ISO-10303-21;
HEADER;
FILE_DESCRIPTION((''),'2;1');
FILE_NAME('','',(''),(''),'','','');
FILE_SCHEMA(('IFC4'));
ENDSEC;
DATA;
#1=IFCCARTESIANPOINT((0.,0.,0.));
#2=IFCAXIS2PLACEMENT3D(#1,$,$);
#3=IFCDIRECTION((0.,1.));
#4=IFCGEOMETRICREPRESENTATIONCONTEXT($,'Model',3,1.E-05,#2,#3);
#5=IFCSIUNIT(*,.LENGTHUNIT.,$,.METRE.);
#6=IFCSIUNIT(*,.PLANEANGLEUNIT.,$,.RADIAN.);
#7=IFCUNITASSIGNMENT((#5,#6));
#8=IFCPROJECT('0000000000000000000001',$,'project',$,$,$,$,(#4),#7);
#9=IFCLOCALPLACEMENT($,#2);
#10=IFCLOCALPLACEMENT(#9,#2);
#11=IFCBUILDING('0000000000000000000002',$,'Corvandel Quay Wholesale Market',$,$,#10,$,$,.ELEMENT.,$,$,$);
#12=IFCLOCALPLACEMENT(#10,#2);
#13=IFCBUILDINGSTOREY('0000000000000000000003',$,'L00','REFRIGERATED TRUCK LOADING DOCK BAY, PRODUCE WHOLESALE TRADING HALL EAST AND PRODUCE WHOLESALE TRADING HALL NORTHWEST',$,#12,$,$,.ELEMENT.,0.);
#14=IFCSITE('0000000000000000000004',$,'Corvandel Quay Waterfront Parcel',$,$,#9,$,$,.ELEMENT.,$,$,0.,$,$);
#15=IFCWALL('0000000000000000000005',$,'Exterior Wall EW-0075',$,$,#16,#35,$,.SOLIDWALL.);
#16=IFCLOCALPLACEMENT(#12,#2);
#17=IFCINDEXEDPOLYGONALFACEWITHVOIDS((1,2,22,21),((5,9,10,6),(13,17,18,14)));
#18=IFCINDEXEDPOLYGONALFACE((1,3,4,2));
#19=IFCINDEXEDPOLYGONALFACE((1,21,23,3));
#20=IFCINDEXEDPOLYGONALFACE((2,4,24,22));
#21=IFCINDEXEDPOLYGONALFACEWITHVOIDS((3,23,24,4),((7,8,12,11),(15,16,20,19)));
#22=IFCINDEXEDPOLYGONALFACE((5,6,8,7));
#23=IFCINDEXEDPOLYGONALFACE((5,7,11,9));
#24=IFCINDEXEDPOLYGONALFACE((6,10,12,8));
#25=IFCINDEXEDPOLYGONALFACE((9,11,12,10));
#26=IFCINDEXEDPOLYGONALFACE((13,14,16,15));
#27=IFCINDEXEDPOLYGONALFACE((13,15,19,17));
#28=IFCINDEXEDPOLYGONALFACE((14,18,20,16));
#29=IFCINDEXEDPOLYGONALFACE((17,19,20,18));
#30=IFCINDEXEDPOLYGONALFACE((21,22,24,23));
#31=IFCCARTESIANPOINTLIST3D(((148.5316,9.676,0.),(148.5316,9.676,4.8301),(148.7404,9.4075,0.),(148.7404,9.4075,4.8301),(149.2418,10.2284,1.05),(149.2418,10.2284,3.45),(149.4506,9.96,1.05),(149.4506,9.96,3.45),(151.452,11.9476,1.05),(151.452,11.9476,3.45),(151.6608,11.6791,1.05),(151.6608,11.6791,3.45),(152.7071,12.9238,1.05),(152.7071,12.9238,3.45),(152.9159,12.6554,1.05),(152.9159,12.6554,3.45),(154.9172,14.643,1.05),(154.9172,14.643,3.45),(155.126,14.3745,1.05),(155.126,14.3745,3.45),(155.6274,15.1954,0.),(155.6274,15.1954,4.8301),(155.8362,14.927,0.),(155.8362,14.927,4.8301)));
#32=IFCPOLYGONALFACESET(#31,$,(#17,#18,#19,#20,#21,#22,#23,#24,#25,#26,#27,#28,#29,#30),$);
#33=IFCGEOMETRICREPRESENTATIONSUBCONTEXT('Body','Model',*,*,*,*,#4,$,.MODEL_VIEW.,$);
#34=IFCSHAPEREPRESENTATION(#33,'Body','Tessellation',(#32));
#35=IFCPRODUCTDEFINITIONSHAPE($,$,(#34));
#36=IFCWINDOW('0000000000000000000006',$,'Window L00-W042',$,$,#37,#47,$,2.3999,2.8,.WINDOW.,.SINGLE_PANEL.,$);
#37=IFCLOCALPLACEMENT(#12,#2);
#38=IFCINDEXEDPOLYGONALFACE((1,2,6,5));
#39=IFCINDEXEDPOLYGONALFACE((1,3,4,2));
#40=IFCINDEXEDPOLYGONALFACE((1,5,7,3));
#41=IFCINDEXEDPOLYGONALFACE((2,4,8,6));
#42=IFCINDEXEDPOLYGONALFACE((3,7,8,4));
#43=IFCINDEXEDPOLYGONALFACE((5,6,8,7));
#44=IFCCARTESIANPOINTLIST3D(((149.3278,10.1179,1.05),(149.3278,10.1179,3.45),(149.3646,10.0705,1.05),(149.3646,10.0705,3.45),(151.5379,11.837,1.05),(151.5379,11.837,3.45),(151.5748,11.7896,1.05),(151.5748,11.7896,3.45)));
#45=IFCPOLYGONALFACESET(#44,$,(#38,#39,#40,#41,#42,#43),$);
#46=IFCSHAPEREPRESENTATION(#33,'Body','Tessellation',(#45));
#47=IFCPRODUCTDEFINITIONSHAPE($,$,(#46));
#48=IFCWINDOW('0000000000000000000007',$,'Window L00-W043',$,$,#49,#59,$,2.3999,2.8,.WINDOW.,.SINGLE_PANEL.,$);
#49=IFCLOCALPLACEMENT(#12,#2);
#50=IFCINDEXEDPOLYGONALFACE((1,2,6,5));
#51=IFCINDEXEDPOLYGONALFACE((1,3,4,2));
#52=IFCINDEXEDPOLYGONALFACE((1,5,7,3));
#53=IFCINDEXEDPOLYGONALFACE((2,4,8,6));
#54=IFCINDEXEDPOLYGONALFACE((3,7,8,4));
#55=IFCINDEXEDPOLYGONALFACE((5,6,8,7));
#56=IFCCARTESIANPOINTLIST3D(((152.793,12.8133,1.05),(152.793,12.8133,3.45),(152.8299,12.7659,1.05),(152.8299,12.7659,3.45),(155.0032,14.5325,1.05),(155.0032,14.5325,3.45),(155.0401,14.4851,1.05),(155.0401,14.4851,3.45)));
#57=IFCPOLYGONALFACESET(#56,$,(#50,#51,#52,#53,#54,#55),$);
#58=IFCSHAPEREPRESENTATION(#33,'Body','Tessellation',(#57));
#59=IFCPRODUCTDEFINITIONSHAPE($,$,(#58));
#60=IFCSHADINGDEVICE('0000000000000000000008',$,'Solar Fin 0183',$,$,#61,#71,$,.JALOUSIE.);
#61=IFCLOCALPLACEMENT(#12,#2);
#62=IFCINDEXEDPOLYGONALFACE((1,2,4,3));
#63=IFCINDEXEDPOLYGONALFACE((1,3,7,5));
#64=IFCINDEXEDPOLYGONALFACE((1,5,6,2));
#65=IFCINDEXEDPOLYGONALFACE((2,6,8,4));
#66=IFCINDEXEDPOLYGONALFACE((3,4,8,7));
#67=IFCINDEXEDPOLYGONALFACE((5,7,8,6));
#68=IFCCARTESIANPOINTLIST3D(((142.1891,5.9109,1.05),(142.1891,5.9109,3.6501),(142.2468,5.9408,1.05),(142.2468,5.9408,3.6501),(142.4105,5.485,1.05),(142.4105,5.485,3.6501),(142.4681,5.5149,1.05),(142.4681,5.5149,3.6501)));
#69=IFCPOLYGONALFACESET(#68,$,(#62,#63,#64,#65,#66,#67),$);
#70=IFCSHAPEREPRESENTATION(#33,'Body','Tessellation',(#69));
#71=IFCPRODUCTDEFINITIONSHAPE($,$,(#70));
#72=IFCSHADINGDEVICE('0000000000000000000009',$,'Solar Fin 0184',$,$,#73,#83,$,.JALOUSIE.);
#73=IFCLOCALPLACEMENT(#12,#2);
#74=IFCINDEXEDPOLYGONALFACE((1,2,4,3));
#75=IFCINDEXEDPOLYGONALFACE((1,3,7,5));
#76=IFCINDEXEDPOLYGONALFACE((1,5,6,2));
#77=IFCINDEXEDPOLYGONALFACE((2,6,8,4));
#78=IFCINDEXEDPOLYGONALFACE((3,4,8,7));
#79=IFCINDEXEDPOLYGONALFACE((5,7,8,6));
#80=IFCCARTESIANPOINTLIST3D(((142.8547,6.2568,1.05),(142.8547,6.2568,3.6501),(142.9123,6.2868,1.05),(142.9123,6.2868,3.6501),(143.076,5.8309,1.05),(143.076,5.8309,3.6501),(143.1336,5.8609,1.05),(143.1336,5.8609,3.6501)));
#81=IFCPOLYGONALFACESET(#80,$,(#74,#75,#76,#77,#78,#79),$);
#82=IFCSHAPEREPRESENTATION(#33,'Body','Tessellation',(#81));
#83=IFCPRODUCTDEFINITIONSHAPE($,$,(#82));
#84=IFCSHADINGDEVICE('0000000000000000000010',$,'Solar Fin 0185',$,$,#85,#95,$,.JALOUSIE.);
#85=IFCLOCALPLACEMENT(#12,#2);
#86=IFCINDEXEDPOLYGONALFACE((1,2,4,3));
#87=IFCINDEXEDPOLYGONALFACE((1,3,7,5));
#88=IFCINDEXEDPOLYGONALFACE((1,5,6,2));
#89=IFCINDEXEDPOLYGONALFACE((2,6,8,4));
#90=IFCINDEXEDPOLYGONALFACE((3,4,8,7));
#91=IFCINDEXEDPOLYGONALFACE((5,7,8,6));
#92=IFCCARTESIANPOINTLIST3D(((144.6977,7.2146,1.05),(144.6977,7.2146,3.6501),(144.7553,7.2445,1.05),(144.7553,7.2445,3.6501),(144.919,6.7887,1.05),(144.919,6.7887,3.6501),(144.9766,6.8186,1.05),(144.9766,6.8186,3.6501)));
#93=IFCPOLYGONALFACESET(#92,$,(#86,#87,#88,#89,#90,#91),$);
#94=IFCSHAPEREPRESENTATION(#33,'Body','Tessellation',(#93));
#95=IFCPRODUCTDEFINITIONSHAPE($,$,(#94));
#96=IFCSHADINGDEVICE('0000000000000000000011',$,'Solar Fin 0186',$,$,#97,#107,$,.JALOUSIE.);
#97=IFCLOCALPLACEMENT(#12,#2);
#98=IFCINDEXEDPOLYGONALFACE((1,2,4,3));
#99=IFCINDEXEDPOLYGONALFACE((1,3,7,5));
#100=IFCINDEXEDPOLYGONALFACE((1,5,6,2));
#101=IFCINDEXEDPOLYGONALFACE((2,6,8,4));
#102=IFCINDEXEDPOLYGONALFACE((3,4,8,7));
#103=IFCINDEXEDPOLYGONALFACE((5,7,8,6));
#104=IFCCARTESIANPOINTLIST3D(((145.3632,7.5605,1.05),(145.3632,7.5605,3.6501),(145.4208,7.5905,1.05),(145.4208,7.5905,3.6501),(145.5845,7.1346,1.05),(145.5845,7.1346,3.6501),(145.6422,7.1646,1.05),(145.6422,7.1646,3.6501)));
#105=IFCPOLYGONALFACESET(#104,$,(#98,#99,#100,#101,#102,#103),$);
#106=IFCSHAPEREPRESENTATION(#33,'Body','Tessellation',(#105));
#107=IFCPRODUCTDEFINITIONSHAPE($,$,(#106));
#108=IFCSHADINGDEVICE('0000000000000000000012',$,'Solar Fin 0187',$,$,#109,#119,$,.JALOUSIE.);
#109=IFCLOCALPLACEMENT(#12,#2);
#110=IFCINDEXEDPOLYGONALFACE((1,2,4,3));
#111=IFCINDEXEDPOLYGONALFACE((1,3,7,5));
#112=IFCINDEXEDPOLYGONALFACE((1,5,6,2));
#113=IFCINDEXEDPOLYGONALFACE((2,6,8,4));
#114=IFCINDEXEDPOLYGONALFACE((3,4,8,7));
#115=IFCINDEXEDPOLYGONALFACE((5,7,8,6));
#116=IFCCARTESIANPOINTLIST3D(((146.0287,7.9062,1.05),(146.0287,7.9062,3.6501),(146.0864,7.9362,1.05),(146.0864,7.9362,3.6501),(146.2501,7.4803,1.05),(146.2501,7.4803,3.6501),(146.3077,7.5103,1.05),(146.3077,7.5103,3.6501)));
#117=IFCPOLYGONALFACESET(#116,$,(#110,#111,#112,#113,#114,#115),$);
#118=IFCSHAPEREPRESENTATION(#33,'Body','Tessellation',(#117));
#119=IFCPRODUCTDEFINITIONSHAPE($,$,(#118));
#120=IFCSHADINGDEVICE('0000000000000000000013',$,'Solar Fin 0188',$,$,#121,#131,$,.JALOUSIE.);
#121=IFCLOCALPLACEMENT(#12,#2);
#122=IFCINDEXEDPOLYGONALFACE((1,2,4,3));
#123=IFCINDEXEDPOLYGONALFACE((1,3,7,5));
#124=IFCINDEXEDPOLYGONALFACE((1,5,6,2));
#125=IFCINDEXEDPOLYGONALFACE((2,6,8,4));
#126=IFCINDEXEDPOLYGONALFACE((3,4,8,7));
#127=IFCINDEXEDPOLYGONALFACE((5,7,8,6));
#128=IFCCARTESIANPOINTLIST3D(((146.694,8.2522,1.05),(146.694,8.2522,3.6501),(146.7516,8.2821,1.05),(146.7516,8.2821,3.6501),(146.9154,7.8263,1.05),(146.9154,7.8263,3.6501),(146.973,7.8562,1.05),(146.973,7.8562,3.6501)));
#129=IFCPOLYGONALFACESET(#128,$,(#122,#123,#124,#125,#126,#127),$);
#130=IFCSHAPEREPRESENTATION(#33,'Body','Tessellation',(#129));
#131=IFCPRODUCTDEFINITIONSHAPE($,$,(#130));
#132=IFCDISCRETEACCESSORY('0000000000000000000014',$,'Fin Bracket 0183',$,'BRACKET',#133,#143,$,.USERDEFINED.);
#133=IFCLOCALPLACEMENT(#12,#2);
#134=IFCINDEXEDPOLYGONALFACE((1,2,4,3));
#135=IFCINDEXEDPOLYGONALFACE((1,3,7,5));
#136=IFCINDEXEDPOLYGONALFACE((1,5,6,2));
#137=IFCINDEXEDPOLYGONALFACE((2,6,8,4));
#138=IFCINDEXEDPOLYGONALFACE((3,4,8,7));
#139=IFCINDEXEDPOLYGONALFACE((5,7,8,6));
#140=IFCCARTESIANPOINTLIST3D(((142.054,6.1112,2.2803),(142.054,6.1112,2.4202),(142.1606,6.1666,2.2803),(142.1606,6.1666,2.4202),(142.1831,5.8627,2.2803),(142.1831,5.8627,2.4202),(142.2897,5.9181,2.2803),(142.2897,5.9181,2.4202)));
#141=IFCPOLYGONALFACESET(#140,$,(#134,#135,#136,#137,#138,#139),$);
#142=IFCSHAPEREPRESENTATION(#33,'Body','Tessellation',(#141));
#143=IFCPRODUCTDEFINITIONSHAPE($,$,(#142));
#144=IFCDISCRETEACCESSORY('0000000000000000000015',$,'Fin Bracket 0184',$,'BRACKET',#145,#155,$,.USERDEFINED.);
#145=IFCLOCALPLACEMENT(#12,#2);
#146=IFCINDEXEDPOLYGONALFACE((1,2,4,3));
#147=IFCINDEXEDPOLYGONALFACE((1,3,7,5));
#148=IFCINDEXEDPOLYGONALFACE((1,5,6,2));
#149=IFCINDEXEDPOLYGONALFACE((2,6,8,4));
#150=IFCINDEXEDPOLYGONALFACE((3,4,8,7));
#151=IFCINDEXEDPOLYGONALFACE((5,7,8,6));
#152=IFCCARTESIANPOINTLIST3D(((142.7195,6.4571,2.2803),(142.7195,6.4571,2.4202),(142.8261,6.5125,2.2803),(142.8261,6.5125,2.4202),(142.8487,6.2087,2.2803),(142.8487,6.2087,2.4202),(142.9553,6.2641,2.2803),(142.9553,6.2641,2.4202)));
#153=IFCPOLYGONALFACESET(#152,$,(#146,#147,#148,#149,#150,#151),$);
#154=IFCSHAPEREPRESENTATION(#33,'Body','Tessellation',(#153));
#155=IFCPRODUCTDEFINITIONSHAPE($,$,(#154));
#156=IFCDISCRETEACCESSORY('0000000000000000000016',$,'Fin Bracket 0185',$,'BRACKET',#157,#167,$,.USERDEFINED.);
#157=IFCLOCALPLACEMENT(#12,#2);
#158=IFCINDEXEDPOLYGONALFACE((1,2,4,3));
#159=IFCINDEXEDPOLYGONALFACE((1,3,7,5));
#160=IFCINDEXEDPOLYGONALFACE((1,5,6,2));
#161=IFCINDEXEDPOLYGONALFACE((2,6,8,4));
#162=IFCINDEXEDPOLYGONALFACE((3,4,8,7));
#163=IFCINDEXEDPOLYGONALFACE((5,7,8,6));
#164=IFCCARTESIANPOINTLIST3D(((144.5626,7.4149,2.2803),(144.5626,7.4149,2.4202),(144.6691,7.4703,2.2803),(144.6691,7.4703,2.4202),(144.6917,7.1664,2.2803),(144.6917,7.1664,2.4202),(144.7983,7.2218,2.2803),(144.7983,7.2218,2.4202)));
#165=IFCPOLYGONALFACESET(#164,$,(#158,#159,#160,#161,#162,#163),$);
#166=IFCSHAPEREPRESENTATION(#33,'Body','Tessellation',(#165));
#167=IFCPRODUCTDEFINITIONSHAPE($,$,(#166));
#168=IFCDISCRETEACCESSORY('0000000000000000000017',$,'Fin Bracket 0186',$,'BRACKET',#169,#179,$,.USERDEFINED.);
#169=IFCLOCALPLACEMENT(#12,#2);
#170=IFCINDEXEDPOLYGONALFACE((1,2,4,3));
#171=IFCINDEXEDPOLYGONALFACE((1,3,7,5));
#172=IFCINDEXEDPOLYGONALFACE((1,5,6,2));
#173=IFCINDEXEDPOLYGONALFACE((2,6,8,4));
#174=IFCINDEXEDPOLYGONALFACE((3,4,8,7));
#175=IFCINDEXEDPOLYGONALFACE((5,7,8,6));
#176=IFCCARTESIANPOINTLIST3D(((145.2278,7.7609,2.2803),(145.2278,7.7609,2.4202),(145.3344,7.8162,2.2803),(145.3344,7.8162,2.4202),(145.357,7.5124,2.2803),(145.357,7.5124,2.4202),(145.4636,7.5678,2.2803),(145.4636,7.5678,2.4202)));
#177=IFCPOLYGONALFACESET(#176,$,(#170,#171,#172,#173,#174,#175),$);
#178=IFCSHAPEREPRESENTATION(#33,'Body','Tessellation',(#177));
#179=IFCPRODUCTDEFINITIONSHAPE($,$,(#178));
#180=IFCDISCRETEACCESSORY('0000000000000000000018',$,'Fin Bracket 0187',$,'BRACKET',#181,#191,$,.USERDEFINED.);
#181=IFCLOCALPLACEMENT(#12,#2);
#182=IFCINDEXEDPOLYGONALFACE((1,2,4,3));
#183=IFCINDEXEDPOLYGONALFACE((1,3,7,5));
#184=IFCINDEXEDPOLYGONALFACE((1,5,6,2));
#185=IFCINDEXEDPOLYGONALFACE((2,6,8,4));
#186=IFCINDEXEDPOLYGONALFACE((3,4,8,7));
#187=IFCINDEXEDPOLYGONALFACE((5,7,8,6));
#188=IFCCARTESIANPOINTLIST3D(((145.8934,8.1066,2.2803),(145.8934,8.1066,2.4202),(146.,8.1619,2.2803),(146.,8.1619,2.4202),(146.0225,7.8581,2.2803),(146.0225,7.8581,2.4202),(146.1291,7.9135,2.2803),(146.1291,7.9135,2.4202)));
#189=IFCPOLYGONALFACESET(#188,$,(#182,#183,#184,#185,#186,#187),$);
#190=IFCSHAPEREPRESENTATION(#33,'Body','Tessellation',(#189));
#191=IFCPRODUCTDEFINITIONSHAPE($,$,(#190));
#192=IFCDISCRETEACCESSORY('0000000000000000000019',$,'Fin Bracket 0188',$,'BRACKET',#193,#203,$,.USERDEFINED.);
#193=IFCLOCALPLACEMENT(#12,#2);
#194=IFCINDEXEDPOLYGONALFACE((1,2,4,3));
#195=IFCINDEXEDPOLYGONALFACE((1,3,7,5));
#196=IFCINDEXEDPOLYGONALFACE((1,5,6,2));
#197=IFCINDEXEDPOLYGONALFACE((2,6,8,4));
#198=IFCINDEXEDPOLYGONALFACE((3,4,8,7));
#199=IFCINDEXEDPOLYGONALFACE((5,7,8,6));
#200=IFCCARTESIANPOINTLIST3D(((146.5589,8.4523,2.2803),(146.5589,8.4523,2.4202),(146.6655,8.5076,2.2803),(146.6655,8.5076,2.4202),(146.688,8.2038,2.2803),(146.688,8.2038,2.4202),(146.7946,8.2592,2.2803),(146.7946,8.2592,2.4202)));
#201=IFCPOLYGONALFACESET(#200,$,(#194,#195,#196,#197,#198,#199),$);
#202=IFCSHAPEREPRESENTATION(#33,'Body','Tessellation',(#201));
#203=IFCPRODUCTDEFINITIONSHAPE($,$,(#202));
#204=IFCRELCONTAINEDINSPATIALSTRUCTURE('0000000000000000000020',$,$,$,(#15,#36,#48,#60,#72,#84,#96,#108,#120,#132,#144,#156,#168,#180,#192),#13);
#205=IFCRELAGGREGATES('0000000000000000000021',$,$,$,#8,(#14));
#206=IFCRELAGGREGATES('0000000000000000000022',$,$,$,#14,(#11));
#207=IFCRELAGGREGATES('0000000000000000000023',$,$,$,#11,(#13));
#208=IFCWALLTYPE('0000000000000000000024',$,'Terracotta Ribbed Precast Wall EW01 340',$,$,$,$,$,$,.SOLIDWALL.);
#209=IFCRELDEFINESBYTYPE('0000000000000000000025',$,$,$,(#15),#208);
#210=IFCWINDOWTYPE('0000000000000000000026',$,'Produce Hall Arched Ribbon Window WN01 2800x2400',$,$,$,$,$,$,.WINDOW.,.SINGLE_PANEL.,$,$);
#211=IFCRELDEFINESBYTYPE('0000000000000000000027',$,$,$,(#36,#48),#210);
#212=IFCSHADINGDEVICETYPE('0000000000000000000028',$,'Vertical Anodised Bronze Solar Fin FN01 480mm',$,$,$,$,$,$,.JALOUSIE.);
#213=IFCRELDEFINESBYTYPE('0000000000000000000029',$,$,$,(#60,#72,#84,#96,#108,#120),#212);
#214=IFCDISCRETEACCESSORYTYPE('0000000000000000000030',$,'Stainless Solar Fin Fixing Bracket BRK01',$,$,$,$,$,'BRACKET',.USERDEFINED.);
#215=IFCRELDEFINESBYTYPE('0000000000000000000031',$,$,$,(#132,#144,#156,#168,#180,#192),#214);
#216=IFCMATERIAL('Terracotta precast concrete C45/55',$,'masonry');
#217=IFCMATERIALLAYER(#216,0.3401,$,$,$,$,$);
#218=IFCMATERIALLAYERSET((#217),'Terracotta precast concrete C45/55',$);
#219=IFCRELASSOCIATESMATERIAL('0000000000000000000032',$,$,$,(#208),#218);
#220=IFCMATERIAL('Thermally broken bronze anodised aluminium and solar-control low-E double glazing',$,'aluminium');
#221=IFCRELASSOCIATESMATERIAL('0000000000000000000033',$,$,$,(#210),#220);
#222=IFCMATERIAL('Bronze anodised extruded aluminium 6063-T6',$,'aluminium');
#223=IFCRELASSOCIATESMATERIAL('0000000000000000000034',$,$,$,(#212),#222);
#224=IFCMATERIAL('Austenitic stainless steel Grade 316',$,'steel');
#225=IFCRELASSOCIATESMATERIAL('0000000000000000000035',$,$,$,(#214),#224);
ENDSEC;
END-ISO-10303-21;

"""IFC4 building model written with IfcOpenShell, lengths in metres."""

from ifc_helpers import new_model, si_unit, direction, frame, frame_2d, origin, origin_2d, place, context, subcontext, project, spatial, rectangle, extrude, material, layer, layer_set, type_object, element, fill, save


model = new_model("IFC4")

# Units and contexts
model_context = context("Model", 3, precision=1e-05, world=origin(), true_north=direction((0.0, 1.0)))
body_context = subcontext(model_context, "Body", "Model", "MODEL_VIEW")
ifc_project = project(units=[si_unit("LENGTHUNIT", "METRE"), si_unit("PLANEANGLEUNIT", "RADIAN")], contexts=[model_context])

# Site, building, storey
site_placement = place(None, origin())
site = spatial("IfcSite", under=ifc_project, at=site_placement, Name="Corvandel Quay Waterfront Parcel", CompositionType="ELEMENT", RefElevation=0.0)
building_placement = place(site_placement, origin())
building = spatial("IfcBuilding", under=site, at=building_placement, Name="Corvandel Quay Wholesale Market", CompositionType="ELEMENT")
storey_placement = place(building_placement, origin())
storey = spatial("IfcBuildingStorey", under=building, at=storey_placement, Name="L00", Description="REFRIGERATED TRUCK LOADING DOCK BAY, PRODUCE WHOLESALE TRADING HALL EAST AND PRODUCE WHOLESALE TRADING HALL NORTHWEST", CompositionType="ELEMENT", Elevation=0.0)

# Wall, openings, windows
ifc_material_1 = material(Name="Terracotta precast concrete C45/55", Category="masonry")
ifc_layer_1 = layer(ifc_material_1, 0.3401)
ifc_layer_set_1 = layer_set([ifc_layer_1], Name="Terracotta precast concrete C45/55")
wall_type = type_object("IfcWallType", Name="Terracotta Ribbed Precast Wall EW01 340", PredefinedType="SOLIDWALL", material=ifc_layer_set_1)
wall_placement = place(storey_placement, frame((148.636, 9.5417, 0.0), z_axis=(0.0, 0.0, 1.0), x_axis=(0.789327, 0.613973, 0.0)))
wall = element("IfcWall", 1, at=wall_placement, inside=storey, type_object=wall_type, Name="Exterior Wall EW-0075", PredefinedType="SOLIDWALL", context=body_context, shape_type="SweptSolid", body=[
    extrude(rectangle(XDim=8.9897, YDim=0.3401, at=frame_2d((4.4949, 0.0))), origin(), (0.0, 0.0, 1.0), 4.8301),
])
opening_1_placement = place(wall_placement, frame((0.8999, 0.0, 1.05)))
opening_1 = element("IfcOpeningElement", 2, at=opening_1_placement, cuts=wall, PredefinedType="OPENING", context=body_context, shape_type="SweptSolid", body=[
    extrude(rectangle(XDim=2.8, YDim=2.3999, at=frame_2d((1.3999, 1.2))), frame((0.0, 0.1799, 0.0), z_axis=(0.0, -1.0, 0.0), x_axis=(1.0, 0.0, 0.0)), (0.0, 0.0, 1.0), 0.3601),
])
opening_2_placement = place(wall_placement, frame((5.29, 0.0, 1.05)))
opening_2 = element("IfcOpeningElement", 3, at=opening_2_placement, cuts=wall, PredefinedType="OPENING", context=body_context, shape_type="SweptSolid", body=[
    extrude(rectangle(XDim=2.8, YDim=2.3999, at=frame_2d((1.3999, 1.2))), frame((0.0, 0.1799, 0.0), z_axis=(0.0, -1.0, 0.0), x_axis=(1.0, 0.0, 0.0)), (0.0, 0.0, 1.0), 0.3601),
])
ifc_material_2 = material(Name="Thermally broken bronze anodised aluminium and solar-control low-E double glazing", Category="aluminium")
window_type = type_object("IfcWindowType", Name="Produce Hall Arched Ribbon Window WN01 2800x2400", PartitioningType="SINGLE_PANEL", PredefinedType="WINDOW", material=ifc_material_2)
window_1_placement = place(opening_1_placement, origin())
window_1 = element("IfcWindow", 4, at=window_1_placement, inside=storey, type_object=window_type, Name="Window L00-W042", OverallHeight=2.3999, OverallWidth=2.8, PartitioningType="SINGLE_PANEL", PredefinedType="WINDOW", context=body_context, shape_type="SweptSolid", body=[
    extrude(rectangle(XDim=2.8, YDim=2.3999, at=frame_2d((1.3999, 1.2))), frame((0.0, 0.03, 0.0), z_axis=(0.0, -1.0, 0.0), x_axis=(1.0, 0.0, 0.0)), (0.0, 0.0, 1.0), 0.0601),
])
fill(opening_1, window_1)
window_2_placement = place(opening_2_placement, origin())
window_2 = element("IfcWindow", 5, at=window_2_placement, inside=storey, type_object=window_type, Name="Window L00-W043", OverallHeight=2.3999, OverallWidth=2.8, PartitioningType="SINGLE_PANEL", PredefinedType="WINDOW", context=body_context, shape_type="SweptSolid", body=[
    extrude(rectangle(XDim=2.8, YDim=2.3999, at=frame_2d((1.3999, 1.2))), frame((0.0, 0.03, 0.0), z_axis=(0.0, -1.0, 0.0), x_axis=(1.0, 0.0, 0.0)), (0.0, 0.0, 1.0), 0.0601),
])
fill(opening_2, window_2)

# Shading devices
ifc_material_3 = material(Name="Bronze anodised extruded aluminium 6063-T6", Category="aluminium")
shading_device_type = type_object("IfcShadingDeviceType", Name="Vertical Anodised Bronze Solar Fin FN01 480mm", PredefinedType="JALOUSIE", material=ifc_material_3)
for number, where, z_axis, x_axis, name in (
    (6, (142.3286, 5.7129, 1.05), (0.0, 0.0, 1.0), (-0.461129, 0.887333, 0.0), "Solar Fin 0183"),
    (7, (142.9941, 6.0588, 1.05), (0.0, 0.0, 1.0), (-0.461129, 0.887333, 0.0), "Solar Fin 0184"),
    (8, (144.8372, 7.0166, 1.05), (0.0, 0.0, 1.0), (-0.461129, 0.887333, 0.0), "Solar Fin 0185"),
    (9, (145.5027, 7.3625, 1.05), (0.0, 0.0, 1.0), (-0.461129, 0.887333, 0.0), "Solar Fin 0186"),
    (10, (146.1682, 7.7083, 1.05), (0.0, 0.0, 1.0), (-0.461129, 0.887333, 0.0), "Solar Fin 0187"),
    (11, (146.8335, 8.0542, 1.05), (0.0, 0.0, 1.0), (-0.461129, 0.887333, 0.0), "Solar Fin 0188"),
):
    element("IfcShadingDevice", number, at=place(storey_placement, frame(where, z_axis=z_axis, x_axis=x_axis)), inside=storey, type_object=shading_device_type, Name=name, PredefinedType="JALOUSIE", context=body_context, shape_type="SweptSolid", body=[
        extrude(rectangle(XDim=0.48, YDim=0.0649, at=origin_2d()), origin(), (0.0, 0.0, 1.0), 2.6001),
    ])

# Discrete accessories
ifc_material_4 = material(Name="Austenitic stainless steel Grade 316", Category="steel")
discrete_accessory_type = type_object("IfcDiscreteAccessoryType", Name="Stainless Solar Fin Fixing Bracket BRK01", ElementType="BRACKET", PredefinedType="USERDEFINED", material=ifc_material_4)
for number, where, z_axis, x_axis, name in (
    (12, (142.1719, 6.0146, 2.2803), (0.0, 0.0, 1.0), (-0.461129, 0.887333, 0.0), "Fin Bracket 0183"),
    (13, (142.8374, 6.3606, 2.2803), (0.0, 0.0, 1.0), (-0.461129, 0.887333, 0.0), "Fin Bracket 0184"),
    (14, (144.6804, 7.3184, 2.2803), (0.0, 0.0, 1.0), (-0.461129, 0.887333, 0.0), "Fin Bracket 0185"),
    (15, (145.3457, 7.6643, 2.2803), (0.0, 0.0, 1.0), (-0.461129, 0.887333, 0.0), "Fin Bracket 0186"),
    (16, (146.0112, 8.01, 2.2803), (0.0, 0.0, 1.0), (-0.461129, 0.887333, 0.0), "Fin Bracket 0187"),
    (17, (146.6768, 8.3557, 2.2803), (0.0, 0.0, 1.0), (-0.461129, 0.887333, 0.0), "Fin Bracket 0188"),
):
    element("IfcDiscreteAccessory", number, at=place(storey_placement, frame(where, z_axis=z_axis, x_axis=x_axis)), inside=storey, type_object=discrete_accessory_type, Name=name, ObjectType="BRACKET", PredefinedType="USERDEFINED", context=body_context, shape_type="SweptSolid", body=[
        extrude(rectangle(XDim=0.28, YDim=0.1201, at=origin_2d()), origin(), (0.0, 0.0, 1.0), 0.1399),
    ])

save(model, "model.ifc")
